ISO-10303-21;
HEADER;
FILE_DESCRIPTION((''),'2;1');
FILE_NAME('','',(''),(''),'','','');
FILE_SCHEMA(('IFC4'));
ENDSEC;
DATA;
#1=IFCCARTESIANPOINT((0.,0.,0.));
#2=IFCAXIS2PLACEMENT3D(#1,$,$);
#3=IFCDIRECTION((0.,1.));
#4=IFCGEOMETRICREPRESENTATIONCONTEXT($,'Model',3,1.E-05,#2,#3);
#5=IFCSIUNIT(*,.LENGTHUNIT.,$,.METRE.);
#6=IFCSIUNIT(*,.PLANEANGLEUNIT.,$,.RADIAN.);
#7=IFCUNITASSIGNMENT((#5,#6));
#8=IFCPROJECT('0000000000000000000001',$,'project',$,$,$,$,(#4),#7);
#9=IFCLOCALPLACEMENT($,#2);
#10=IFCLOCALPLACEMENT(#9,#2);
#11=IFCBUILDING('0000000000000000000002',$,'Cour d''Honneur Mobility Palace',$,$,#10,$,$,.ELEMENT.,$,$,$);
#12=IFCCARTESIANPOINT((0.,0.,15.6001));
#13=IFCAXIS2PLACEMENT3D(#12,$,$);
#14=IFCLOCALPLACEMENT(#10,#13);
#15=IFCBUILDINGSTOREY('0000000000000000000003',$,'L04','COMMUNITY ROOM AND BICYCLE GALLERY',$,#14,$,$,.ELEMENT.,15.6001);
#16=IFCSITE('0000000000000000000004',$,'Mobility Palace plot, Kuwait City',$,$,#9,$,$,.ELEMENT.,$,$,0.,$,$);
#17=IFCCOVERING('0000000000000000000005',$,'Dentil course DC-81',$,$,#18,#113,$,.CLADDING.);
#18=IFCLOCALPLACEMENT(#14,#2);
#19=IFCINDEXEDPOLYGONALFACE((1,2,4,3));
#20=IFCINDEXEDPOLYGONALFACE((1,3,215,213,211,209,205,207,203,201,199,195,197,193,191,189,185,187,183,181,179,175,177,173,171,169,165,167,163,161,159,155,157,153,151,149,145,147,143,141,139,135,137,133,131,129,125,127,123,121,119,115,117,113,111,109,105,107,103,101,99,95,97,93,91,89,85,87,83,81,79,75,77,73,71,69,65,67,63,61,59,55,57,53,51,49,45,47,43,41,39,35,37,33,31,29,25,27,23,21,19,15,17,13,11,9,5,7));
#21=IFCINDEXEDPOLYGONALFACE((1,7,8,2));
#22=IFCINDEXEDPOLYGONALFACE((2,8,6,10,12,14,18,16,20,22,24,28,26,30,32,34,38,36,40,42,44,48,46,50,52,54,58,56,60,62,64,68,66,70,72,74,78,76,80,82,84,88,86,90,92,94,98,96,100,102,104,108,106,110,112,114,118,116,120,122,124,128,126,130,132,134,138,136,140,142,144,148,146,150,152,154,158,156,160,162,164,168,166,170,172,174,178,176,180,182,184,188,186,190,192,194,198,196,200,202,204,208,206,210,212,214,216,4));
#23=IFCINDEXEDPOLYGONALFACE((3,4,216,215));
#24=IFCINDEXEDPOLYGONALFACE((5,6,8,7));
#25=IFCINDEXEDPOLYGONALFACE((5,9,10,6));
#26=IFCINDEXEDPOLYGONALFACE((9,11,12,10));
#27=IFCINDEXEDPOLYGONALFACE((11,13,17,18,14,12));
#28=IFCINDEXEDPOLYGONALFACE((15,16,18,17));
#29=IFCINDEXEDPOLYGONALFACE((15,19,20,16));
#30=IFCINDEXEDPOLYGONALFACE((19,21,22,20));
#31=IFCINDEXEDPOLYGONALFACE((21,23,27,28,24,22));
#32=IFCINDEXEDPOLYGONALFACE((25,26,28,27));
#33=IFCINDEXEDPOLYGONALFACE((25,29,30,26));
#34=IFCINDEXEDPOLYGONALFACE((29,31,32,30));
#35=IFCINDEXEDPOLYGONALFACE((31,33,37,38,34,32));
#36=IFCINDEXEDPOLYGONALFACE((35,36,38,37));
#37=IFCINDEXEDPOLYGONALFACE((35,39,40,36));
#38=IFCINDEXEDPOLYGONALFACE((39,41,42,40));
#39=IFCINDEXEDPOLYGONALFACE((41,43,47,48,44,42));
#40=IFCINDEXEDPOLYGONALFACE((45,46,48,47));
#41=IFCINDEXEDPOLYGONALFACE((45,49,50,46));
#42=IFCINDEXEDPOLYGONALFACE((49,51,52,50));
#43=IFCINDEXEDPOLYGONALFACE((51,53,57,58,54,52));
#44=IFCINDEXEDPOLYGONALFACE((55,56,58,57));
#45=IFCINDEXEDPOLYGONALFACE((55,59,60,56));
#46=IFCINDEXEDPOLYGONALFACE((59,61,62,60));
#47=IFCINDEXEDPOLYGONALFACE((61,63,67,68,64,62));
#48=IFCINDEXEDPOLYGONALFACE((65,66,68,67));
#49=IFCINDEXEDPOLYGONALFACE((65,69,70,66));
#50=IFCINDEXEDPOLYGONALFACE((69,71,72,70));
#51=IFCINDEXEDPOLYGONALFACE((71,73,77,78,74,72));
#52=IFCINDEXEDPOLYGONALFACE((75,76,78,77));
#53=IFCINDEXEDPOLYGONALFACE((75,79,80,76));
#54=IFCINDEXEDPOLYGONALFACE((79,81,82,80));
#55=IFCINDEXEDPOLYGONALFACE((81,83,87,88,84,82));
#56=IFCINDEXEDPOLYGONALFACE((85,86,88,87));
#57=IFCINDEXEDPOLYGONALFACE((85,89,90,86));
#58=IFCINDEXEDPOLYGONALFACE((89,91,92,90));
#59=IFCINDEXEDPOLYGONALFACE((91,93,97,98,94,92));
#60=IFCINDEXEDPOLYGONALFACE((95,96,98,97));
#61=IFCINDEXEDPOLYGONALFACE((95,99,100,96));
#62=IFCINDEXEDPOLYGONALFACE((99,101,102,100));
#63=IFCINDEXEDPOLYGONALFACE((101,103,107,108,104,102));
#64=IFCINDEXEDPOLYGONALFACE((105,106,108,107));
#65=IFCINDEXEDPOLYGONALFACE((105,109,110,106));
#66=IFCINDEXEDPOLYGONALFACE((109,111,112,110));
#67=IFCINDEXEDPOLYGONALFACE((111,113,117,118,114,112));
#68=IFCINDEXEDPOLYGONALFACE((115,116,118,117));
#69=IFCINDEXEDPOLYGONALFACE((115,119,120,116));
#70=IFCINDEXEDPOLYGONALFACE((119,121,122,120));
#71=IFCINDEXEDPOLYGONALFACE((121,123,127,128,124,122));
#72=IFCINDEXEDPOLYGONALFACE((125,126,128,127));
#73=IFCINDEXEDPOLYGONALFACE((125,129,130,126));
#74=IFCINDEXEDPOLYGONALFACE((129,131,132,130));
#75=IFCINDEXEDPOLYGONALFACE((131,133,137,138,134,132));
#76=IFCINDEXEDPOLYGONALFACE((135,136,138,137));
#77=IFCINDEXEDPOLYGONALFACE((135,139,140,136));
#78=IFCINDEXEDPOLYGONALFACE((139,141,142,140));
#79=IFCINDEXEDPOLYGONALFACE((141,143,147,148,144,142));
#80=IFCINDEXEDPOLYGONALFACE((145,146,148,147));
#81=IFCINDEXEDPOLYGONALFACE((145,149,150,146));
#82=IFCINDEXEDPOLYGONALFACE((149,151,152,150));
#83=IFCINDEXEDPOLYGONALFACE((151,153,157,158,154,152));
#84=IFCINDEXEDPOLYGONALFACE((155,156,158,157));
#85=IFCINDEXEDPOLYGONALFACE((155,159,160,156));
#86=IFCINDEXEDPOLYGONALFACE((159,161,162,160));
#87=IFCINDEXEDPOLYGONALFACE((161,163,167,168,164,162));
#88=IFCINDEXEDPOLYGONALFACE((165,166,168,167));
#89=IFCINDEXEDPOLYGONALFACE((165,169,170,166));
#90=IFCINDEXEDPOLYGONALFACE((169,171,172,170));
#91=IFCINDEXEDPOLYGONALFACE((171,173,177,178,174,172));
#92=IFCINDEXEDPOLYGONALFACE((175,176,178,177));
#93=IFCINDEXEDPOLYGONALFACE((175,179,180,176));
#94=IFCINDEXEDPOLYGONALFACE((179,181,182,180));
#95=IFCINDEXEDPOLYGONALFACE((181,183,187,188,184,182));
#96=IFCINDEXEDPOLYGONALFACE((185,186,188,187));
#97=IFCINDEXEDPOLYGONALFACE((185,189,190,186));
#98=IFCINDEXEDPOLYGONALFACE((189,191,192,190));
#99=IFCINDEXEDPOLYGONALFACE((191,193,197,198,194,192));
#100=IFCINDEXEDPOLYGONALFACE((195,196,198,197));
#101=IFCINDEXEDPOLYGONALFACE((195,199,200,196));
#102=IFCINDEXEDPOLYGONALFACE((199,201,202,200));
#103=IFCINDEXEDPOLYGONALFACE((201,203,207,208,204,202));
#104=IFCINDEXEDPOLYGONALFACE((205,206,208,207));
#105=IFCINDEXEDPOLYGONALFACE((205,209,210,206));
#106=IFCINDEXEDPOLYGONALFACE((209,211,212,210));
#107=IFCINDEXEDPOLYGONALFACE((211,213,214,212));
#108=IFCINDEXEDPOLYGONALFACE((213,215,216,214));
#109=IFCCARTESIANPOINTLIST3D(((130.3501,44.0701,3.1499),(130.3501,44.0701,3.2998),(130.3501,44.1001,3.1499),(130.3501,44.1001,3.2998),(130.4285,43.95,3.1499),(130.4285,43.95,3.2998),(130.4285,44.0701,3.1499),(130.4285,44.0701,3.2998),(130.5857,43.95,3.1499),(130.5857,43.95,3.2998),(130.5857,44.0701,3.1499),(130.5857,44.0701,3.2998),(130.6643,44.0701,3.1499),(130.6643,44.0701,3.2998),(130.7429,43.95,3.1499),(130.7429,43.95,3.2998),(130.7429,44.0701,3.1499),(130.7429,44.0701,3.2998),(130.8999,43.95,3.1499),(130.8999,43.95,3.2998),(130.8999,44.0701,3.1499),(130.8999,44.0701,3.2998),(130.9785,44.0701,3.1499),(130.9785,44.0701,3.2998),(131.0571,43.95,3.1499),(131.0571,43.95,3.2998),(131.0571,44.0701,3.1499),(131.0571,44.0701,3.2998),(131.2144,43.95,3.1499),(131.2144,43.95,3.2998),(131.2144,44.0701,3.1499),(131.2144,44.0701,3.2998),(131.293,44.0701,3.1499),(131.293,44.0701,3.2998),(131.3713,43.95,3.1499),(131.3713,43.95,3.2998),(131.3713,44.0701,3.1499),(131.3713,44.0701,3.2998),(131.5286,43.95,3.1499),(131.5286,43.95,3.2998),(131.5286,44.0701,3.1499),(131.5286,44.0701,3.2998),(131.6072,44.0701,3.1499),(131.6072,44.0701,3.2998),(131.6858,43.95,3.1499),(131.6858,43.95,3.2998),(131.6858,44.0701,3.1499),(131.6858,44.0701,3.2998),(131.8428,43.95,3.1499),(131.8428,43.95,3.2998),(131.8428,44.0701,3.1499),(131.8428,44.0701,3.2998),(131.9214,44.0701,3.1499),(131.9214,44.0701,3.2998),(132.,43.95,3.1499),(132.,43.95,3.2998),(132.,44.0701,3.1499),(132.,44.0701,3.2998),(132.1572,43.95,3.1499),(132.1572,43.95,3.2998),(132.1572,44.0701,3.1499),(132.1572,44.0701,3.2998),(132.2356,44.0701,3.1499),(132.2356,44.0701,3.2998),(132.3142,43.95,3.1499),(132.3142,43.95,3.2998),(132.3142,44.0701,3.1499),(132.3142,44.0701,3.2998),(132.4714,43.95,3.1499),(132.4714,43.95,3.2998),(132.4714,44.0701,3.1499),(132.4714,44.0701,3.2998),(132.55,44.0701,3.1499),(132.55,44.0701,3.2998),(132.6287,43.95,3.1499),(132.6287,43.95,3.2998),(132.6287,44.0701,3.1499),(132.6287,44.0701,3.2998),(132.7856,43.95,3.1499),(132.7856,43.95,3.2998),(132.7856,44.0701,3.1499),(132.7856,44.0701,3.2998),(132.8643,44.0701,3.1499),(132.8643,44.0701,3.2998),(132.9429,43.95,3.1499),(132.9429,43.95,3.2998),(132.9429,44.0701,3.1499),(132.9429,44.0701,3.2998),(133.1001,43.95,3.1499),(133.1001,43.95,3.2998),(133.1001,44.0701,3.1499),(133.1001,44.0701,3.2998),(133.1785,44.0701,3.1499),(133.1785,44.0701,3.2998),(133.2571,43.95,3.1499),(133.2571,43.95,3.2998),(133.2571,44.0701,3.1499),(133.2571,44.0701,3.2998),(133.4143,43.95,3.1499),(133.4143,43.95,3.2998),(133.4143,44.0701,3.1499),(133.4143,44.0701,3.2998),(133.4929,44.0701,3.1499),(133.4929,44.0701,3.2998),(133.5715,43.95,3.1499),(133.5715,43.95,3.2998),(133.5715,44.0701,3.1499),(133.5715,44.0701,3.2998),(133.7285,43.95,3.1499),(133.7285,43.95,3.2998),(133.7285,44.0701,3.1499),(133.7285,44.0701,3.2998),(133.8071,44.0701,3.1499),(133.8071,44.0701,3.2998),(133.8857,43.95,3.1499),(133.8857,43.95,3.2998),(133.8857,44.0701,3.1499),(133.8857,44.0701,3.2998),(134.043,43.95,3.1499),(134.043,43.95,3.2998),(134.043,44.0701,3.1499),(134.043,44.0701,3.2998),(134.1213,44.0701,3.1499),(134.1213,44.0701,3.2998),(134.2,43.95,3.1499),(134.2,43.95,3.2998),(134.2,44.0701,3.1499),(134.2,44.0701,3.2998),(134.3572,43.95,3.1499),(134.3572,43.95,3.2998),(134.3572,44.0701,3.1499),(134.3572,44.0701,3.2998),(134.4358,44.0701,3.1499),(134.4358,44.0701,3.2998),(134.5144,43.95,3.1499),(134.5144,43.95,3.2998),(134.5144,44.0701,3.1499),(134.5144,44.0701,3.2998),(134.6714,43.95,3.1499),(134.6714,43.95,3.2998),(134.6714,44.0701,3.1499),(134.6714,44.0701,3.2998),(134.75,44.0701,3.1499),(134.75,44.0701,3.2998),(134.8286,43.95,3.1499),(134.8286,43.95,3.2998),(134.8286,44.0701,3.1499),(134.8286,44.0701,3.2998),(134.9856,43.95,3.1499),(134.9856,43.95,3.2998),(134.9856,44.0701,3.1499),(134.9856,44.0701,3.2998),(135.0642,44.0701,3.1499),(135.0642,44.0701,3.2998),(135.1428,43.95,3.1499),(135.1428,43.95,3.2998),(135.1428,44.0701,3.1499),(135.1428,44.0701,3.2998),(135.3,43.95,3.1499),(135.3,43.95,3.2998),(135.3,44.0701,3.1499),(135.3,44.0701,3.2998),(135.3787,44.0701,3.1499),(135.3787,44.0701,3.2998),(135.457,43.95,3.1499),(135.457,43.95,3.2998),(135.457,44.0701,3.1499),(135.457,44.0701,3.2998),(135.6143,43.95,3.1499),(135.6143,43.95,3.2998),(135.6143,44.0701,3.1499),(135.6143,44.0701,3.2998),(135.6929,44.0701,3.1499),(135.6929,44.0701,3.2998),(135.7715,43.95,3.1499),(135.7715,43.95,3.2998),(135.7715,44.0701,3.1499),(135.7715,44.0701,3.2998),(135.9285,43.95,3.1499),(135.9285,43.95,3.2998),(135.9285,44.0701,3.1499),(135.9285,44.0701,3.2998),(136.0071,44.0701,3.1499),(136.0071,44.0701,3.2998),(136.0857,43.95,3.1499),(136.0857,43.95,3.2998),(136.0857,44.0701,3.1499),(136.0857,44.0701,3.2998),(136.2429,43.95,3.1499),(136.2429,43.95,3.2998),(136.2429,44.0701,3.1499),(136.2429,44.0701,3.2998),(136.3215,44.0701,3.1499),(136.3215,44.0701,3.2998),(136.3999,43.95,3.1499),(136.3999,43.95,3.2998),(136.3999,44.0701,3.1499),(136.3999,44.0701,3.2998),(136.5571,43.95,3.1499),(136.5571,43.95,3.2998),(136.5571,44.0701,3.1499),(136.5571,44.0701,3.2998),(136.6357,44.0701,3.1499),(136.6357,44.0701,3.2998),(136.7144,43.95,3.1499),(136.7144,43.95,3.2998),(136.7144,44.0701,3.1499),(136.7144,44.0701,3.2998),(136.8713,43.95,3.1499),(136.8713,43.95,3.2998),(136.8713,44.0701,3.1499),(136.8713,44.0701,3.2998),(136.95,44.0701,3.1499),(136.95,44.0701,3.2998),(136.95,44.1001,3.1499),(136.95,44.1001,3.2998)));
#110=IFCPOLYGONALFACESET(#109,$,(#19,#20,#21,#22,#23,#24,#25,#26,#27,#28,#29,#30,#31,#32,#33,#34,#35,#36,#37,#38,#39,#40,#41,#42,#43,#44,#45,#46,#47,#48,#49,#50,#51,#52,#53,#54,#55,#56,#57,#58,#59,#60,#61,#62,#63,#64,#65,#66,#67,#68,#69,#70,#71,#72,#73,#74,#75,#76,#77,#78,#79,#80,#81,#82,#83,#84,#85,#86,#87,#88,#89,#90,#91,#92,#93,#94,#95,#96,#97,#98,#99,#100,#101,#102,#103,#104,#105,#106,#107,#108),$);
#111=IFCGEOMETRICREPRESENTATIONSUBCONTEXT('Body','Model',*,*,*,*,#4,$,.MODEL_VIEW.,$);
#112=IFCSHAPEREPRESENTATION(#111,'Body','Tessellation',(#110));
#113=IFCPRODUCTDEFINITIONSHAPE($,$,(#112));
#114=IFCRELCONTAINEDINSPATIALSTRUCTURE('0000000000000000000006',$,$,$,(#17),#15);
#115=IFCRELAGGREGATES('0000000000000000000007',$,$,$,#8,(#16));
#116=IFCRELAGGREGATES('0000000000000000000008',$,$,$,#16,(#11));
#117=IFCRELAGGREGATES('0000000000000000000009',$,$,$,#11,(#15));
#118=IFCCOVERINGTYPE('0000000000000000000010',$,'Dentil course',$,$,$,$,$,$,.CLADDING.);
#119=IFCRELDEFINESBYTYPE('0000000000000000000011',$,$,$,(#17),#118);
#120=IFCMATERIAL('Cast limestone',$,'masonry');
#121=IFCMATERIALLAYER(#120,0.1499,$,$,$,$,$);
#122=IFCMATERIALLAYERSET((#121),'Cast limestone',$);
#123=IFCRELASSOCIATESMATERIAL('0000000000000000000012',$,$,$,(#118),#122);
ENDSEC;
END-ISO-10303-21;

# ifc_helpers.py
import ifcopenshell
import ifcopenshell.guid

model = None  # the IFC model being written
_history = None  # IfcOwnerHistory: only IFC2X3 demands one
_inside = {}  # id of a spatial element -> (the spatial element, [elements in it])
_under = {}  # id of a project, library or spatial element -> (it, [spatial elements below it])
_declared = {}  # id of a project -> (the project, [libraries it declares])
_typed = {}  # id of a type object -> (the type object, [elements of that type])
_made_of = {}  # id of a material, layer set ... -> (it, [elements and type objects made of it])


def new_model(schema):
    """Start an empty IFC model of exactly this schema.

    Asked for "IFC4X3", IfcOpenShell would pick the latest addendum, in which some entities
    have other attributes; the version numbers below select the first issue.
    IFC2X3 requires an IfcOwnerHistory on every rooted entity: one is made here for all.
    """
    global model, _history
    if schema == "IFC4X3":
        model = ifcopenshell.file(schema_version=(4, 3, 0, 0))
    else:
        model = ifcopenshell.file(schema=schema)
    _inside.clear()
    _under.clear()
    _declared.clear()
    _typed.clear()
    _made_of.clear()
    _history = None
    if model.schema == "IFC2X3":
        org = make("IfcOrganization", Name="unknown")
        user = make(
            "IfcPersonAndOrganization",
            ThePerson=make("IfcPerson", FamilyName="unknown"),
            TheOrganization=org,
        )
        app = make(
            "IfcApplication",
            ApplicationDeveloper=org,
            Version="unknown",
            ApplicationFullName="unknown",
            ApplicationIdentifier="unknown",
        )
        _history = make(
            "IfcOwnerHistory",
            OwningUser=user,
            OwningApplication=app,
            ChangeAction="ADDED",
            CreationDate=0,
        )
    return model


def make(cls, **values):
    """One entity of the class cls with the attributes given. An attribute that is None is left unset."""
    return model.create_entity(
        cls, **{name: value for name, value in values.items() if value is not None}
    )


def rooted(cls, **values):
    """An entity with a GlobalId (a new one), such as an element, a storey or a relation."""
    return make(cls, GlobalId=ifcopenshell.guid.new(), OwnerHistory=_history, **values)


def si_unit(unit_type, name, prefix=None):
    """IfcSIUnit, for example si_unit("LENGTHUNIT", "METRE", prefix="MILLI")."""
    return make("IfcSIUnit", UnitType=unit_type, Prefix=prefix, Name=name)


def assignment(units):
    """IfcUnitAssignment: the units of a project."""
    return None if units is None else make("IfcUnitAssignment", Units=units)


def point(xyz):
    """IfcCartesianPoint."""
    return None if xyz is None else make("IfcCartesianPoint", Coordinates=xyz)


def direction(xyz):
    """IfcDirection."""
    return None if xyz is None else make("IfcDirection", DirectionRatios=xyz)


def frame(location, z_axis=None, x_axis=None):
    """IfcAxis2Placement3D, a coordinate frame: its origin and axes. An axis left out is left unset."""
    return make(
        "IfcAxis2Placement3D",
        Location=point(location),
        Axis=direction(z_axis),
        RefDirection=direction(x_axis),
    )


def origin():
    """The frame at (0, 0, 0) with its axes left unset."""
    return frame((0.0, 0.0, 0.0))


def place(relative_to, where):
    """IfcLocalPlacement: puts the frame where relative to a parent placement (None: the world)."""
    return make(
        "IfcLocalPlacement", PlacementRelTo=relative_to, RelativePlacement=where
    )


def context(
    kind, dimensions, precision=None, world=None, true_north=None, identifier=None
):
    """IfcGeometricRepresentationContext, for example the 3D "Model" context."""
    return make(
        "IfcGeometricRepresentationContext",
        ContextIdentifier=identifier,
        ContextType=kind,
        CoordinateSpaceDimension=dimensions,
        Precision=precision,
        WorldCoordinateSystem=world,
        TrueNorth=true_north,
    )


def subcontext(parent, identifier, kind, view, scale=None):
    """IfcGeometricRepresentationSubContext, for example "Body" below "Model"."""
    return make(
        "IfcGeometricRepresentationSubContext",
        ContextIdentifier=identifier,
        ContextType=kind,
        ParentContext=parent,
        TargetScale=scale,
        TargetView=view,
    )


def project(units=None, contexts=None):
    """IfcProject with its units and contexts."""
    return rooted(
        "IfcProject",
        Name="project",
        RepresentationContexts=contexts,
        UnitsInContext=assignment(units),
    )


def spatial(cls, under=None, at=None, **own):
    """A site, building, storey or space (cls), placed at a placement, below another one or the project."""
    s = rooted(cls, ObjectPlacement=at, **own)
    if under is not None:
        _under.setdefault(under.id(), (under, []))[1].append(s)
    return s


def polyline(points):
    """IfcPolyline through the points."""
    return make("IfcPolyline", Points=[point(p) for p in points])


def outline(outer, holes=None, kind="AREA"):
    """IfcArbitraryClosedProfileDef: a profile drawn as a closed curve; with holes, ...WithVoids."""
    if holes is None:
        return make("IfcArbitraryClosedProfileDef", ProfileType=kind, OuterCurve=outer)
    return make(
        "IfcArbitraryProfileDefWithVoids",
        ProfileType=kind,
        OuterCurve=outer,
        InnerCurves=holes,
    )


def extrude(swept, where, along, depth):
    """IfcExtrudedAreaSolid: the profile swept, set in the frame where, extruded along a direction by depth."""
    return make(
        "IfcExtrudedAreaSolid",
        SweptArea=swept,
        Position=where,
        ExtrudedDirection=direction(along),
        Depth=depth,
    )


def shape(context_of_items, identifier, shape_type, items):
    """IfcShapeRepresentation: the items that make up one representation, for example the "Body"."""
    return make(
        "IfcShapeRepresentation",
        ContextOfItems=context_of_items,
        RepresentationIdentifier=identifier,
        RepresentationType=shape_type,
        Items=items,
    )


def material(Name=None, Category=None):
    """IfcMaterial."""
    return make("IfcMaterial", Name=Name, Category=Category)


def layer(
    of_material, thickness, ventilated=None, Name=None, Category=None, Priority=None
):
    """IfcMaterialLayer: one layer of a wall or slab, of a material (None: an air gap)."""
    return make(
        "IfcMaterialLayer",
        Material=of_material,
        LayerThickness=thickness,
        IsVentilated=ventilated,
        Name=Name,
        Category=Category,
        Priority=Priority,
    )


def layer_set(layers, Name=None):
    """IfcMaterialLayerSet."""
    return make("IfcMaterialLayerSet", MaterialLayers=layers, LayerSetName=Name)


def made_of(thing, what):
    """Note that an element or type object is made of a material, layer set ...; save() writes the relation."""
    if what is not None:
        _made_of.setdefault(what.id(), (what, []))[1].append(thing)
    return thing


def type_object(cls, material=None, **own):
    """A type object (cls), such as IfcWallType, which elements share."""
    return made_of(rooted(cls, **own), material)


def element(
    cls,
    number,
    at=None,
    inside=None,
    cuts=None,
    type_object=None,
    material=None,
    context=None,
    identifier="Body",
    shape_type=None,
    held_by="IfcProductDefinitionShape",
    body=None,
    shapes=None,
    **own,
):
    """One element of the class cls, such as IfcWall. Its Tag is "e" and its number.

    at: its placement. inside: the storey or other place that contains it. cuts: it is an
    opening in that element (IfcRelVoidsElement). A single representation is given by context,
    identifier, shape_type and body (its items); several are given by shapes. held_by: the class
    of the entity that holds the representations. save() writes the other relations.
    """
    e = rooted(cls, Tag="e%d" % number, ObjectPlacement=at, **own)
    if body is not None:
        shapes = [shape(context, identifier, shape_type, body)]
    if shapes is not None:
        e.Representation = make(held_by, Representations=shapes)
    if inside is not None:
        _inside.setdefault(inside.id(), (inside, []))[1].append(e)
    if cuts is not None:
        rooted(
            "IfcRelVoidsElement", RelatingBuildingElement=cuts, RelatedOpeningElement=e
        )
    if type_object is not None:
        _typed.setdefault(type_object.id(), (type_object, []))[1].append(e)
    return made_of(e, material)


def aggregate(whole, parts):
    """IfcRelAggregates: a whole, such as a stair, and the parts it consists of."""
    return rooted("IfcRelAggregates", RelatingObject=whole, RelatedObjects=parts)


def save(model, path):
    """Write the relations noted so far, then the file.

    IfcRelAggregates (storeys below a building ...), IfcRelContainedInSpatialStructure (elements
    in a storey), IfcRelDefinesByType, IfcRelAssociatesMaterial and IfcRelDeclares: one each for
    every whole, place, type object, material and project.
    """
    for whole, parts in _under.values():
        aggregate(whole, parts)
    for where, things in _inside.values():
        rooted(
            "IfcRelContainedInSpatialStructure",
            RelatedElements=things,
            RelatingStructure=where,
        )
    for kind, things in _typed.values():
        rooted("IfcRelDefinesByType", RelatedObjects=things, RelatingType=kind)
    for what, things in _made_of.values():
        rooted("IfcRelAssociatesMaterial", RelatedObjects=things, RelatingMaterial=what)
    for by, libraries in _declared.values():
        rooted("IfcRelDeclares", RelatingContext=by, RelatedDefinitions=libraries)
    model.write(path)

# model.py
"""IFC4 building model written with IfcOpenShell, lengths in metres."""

from ifc_helpers import new_model, si_unit, direction, frame, origin, place, context, subcontext, project, spatial, polyline, outline, extrude, material, layer, layer_set, type_object, element, save


model = new_model("IFC4")

# Units and contexts
model_context = context("Model", 3, precision=1e-05, world=origin(), true_north=direction((0.0, 1.0)))
body_context = subcontext(model_context, "Body", "Model", "MODEL_VIEW")
ifc_project = project(units=[si_unit("LENGTHUNIT", "METRE"), si_unit("PLANEANGLEUNIT", "RADIAN")], contexts=[model_context])

# Site, building, storey
site_placement = place(None, origin())
site = spatial("IfcSite", under=ifc_project, at=site_placement, Name="Mobility Palace plot, Kuwait City", CompositionType="ELEMENT", RefElevation=0.0)
building_placement = place(site_placement, origin())
building = spatial("IfcBuilding", under=site, at=building_placement, Name="Cour d'Honneur Mobility Palace", CompositionType="ELEMENT")
storey_placement = place(building_placement, frame((0.0, 0.0, 15.6001)))
storey = spatial("IfcBuildingStorey", under=building, at=storey_placement, Name="L04", Description="COMMUNITY ROOM AND BICYCLE GALLERY", CompositionType="ELEMENT", Elevation=15.6001)

# Covering
ifc_material_1 = material(Name="Cast limestone", Category="masonry")
ifc_layer_1 = layer(ifc_material_1, 0.1499)
ifc_layer_set_1 = layer_set([ifc_layer_1], Name="Cast limestone")
covering_type_1 = type_object("IfcCoveringType", Name="Dentil course", PredefinedType="CLADDING", material=ifc_layer_set_1)
covering_1_placement = place(storey_placement, frame((0.0, 0.0, 3.1499)))
element("IfcCovering", 1, at=covering_1_placement, inside=storey, type_object=covering_type_1, Name="Dentil course DC-81", PredefinedType="CLADDING", context=body_context, shape_type="SweptSolid", body=[
    extrude(outline(polyline([(130.3501, 44.1001), (136.95, 44.1001), (136.95, 44.0701), (136.95, 44.0701), (136.8713, 44.0701), (136.8713, 43.95), (136.7144, 43.95), (136.7144, 44.0701), (136.6357, 44.0701), (136.6357, 44.0701), (136.5571, 44.0701), (136.5571, 43.95), (136.3999, 43.95), (136.3999, 44.0701), (136.3215, 44.0701), (136.3215, 44.0701), (136.2429, 44.0701), (136.2429, 43.95), (136.0857, 43.95), (136.0857, 44.0701), (136.0071, 44.0701), (136.0071, 44.0701), (135.9285, 44.0701), (135.9285, 43.95), (135.7715, 43.95), (135.7715, 44.0701), (135.6929, 44.0701), (135.6929, 44.0701), (135.6143, 44.0701), (135.6143, 43.95), (135.457, 43.95), (135.457, 44.0701), (135.3787, 44.0701), (135.3787, 44.0701), (135.3, 44.0701), (135.3, 43.95), (135.1428, 43.95), (135.1428, 44.0701), (135.0642, 44.0701), (135.0642, 44.0701), (134.9856, 44.0701), (134.9856, 43.95), (134.8286, 43.95), (134.8286, 44.0701), (134.75, 44.0701), (134.75, 44.0701), (134.6714, 44.0701), (134.6714, 43.95), (134.5144, 43.95), (134.5144, 44.0701), (134.4358, 44.0701), (134.4358, 44.0701), (134.3572, 44.0701), (134.3572, 43.95), (134.2, 43.95), (134.2, 44.0701), (134.1213, 44.0701), (134.1213, 44.0701), (134.043, 44.0701), (134.043, 43.95), (133.8857, 43.95), (133.8857, 44.0701), (133.8071, 44.0701), (133.8071, 44.0701), (133.7285, 44.0701), (133.7285, 43.95), (133.5715, 43.95), (133.5715, 44.0701), (133.4929, 44.0701), (133.4929, 44.0701), (133.4143, 44.0701), (133.4143, 43.95), (133.2571, 43.95), (133.2571, 44.0701), (133.1785, 44.0701), (133.1785, 44.0701), (133.1001, 44.0701), (133.1001, 43.95), (132.9429, 43.95), (132.9429, 44.0701), (132.8643, 44.0701), (132.8643, 44.0701), (132.7856, 44.0701), (132.7856, 43.95), (132.6287, 43.95), (132.6287, 44.0701), (132.55, 44.0701), (132.55, 44.0701), (132.4714, 44.0701), (132.4714, 43.95), (132.3142, 43.95), (132.3142, 44.0701), (132.2356, 44.0701), (132.2356, 44.0701), (132.1572, 44.0701), (132.1572, 43.95), (132.0, 43.95), (132.0, 44.0701), (131.9214, 44.0701), (131.9214, 44.0701), (131.8428, 44.0701), (131.8428, 43.95), (131.6858, 43.95), (131.6858, 44.0701), (131.6072, 44.0701), (131.6072, 44.0701), (131.5286, 44.0701), (131.5286, 43.95), (131.3713, 43.95), (131.3713, 44.0701), (131.293, 44.0701), (131.293, 44.0701), (131.2144, 44.0701), (131.2144, 43.95), (131.0571, 43.95), (131.0571, 44.0701), (130.9785, 44.0701), (130.9785, 44.0701), (130.8999, 44.0701), (130.8999, 43.95), (130.7429, 43.95), (130.7429, 44.0701), (130.6643, 44.0701), (130.6643, 44.0701), (130.5857, 44.0701), (130.5857, 43.95), (130.4285, 43.95), (130.4285, 44.0701), (130.3501, 44.0701), (130.3501, 44.1001)])), origin(), (0.0, 0.0, 1.0), 0.1499),
])

save(model, "model.ifc")
